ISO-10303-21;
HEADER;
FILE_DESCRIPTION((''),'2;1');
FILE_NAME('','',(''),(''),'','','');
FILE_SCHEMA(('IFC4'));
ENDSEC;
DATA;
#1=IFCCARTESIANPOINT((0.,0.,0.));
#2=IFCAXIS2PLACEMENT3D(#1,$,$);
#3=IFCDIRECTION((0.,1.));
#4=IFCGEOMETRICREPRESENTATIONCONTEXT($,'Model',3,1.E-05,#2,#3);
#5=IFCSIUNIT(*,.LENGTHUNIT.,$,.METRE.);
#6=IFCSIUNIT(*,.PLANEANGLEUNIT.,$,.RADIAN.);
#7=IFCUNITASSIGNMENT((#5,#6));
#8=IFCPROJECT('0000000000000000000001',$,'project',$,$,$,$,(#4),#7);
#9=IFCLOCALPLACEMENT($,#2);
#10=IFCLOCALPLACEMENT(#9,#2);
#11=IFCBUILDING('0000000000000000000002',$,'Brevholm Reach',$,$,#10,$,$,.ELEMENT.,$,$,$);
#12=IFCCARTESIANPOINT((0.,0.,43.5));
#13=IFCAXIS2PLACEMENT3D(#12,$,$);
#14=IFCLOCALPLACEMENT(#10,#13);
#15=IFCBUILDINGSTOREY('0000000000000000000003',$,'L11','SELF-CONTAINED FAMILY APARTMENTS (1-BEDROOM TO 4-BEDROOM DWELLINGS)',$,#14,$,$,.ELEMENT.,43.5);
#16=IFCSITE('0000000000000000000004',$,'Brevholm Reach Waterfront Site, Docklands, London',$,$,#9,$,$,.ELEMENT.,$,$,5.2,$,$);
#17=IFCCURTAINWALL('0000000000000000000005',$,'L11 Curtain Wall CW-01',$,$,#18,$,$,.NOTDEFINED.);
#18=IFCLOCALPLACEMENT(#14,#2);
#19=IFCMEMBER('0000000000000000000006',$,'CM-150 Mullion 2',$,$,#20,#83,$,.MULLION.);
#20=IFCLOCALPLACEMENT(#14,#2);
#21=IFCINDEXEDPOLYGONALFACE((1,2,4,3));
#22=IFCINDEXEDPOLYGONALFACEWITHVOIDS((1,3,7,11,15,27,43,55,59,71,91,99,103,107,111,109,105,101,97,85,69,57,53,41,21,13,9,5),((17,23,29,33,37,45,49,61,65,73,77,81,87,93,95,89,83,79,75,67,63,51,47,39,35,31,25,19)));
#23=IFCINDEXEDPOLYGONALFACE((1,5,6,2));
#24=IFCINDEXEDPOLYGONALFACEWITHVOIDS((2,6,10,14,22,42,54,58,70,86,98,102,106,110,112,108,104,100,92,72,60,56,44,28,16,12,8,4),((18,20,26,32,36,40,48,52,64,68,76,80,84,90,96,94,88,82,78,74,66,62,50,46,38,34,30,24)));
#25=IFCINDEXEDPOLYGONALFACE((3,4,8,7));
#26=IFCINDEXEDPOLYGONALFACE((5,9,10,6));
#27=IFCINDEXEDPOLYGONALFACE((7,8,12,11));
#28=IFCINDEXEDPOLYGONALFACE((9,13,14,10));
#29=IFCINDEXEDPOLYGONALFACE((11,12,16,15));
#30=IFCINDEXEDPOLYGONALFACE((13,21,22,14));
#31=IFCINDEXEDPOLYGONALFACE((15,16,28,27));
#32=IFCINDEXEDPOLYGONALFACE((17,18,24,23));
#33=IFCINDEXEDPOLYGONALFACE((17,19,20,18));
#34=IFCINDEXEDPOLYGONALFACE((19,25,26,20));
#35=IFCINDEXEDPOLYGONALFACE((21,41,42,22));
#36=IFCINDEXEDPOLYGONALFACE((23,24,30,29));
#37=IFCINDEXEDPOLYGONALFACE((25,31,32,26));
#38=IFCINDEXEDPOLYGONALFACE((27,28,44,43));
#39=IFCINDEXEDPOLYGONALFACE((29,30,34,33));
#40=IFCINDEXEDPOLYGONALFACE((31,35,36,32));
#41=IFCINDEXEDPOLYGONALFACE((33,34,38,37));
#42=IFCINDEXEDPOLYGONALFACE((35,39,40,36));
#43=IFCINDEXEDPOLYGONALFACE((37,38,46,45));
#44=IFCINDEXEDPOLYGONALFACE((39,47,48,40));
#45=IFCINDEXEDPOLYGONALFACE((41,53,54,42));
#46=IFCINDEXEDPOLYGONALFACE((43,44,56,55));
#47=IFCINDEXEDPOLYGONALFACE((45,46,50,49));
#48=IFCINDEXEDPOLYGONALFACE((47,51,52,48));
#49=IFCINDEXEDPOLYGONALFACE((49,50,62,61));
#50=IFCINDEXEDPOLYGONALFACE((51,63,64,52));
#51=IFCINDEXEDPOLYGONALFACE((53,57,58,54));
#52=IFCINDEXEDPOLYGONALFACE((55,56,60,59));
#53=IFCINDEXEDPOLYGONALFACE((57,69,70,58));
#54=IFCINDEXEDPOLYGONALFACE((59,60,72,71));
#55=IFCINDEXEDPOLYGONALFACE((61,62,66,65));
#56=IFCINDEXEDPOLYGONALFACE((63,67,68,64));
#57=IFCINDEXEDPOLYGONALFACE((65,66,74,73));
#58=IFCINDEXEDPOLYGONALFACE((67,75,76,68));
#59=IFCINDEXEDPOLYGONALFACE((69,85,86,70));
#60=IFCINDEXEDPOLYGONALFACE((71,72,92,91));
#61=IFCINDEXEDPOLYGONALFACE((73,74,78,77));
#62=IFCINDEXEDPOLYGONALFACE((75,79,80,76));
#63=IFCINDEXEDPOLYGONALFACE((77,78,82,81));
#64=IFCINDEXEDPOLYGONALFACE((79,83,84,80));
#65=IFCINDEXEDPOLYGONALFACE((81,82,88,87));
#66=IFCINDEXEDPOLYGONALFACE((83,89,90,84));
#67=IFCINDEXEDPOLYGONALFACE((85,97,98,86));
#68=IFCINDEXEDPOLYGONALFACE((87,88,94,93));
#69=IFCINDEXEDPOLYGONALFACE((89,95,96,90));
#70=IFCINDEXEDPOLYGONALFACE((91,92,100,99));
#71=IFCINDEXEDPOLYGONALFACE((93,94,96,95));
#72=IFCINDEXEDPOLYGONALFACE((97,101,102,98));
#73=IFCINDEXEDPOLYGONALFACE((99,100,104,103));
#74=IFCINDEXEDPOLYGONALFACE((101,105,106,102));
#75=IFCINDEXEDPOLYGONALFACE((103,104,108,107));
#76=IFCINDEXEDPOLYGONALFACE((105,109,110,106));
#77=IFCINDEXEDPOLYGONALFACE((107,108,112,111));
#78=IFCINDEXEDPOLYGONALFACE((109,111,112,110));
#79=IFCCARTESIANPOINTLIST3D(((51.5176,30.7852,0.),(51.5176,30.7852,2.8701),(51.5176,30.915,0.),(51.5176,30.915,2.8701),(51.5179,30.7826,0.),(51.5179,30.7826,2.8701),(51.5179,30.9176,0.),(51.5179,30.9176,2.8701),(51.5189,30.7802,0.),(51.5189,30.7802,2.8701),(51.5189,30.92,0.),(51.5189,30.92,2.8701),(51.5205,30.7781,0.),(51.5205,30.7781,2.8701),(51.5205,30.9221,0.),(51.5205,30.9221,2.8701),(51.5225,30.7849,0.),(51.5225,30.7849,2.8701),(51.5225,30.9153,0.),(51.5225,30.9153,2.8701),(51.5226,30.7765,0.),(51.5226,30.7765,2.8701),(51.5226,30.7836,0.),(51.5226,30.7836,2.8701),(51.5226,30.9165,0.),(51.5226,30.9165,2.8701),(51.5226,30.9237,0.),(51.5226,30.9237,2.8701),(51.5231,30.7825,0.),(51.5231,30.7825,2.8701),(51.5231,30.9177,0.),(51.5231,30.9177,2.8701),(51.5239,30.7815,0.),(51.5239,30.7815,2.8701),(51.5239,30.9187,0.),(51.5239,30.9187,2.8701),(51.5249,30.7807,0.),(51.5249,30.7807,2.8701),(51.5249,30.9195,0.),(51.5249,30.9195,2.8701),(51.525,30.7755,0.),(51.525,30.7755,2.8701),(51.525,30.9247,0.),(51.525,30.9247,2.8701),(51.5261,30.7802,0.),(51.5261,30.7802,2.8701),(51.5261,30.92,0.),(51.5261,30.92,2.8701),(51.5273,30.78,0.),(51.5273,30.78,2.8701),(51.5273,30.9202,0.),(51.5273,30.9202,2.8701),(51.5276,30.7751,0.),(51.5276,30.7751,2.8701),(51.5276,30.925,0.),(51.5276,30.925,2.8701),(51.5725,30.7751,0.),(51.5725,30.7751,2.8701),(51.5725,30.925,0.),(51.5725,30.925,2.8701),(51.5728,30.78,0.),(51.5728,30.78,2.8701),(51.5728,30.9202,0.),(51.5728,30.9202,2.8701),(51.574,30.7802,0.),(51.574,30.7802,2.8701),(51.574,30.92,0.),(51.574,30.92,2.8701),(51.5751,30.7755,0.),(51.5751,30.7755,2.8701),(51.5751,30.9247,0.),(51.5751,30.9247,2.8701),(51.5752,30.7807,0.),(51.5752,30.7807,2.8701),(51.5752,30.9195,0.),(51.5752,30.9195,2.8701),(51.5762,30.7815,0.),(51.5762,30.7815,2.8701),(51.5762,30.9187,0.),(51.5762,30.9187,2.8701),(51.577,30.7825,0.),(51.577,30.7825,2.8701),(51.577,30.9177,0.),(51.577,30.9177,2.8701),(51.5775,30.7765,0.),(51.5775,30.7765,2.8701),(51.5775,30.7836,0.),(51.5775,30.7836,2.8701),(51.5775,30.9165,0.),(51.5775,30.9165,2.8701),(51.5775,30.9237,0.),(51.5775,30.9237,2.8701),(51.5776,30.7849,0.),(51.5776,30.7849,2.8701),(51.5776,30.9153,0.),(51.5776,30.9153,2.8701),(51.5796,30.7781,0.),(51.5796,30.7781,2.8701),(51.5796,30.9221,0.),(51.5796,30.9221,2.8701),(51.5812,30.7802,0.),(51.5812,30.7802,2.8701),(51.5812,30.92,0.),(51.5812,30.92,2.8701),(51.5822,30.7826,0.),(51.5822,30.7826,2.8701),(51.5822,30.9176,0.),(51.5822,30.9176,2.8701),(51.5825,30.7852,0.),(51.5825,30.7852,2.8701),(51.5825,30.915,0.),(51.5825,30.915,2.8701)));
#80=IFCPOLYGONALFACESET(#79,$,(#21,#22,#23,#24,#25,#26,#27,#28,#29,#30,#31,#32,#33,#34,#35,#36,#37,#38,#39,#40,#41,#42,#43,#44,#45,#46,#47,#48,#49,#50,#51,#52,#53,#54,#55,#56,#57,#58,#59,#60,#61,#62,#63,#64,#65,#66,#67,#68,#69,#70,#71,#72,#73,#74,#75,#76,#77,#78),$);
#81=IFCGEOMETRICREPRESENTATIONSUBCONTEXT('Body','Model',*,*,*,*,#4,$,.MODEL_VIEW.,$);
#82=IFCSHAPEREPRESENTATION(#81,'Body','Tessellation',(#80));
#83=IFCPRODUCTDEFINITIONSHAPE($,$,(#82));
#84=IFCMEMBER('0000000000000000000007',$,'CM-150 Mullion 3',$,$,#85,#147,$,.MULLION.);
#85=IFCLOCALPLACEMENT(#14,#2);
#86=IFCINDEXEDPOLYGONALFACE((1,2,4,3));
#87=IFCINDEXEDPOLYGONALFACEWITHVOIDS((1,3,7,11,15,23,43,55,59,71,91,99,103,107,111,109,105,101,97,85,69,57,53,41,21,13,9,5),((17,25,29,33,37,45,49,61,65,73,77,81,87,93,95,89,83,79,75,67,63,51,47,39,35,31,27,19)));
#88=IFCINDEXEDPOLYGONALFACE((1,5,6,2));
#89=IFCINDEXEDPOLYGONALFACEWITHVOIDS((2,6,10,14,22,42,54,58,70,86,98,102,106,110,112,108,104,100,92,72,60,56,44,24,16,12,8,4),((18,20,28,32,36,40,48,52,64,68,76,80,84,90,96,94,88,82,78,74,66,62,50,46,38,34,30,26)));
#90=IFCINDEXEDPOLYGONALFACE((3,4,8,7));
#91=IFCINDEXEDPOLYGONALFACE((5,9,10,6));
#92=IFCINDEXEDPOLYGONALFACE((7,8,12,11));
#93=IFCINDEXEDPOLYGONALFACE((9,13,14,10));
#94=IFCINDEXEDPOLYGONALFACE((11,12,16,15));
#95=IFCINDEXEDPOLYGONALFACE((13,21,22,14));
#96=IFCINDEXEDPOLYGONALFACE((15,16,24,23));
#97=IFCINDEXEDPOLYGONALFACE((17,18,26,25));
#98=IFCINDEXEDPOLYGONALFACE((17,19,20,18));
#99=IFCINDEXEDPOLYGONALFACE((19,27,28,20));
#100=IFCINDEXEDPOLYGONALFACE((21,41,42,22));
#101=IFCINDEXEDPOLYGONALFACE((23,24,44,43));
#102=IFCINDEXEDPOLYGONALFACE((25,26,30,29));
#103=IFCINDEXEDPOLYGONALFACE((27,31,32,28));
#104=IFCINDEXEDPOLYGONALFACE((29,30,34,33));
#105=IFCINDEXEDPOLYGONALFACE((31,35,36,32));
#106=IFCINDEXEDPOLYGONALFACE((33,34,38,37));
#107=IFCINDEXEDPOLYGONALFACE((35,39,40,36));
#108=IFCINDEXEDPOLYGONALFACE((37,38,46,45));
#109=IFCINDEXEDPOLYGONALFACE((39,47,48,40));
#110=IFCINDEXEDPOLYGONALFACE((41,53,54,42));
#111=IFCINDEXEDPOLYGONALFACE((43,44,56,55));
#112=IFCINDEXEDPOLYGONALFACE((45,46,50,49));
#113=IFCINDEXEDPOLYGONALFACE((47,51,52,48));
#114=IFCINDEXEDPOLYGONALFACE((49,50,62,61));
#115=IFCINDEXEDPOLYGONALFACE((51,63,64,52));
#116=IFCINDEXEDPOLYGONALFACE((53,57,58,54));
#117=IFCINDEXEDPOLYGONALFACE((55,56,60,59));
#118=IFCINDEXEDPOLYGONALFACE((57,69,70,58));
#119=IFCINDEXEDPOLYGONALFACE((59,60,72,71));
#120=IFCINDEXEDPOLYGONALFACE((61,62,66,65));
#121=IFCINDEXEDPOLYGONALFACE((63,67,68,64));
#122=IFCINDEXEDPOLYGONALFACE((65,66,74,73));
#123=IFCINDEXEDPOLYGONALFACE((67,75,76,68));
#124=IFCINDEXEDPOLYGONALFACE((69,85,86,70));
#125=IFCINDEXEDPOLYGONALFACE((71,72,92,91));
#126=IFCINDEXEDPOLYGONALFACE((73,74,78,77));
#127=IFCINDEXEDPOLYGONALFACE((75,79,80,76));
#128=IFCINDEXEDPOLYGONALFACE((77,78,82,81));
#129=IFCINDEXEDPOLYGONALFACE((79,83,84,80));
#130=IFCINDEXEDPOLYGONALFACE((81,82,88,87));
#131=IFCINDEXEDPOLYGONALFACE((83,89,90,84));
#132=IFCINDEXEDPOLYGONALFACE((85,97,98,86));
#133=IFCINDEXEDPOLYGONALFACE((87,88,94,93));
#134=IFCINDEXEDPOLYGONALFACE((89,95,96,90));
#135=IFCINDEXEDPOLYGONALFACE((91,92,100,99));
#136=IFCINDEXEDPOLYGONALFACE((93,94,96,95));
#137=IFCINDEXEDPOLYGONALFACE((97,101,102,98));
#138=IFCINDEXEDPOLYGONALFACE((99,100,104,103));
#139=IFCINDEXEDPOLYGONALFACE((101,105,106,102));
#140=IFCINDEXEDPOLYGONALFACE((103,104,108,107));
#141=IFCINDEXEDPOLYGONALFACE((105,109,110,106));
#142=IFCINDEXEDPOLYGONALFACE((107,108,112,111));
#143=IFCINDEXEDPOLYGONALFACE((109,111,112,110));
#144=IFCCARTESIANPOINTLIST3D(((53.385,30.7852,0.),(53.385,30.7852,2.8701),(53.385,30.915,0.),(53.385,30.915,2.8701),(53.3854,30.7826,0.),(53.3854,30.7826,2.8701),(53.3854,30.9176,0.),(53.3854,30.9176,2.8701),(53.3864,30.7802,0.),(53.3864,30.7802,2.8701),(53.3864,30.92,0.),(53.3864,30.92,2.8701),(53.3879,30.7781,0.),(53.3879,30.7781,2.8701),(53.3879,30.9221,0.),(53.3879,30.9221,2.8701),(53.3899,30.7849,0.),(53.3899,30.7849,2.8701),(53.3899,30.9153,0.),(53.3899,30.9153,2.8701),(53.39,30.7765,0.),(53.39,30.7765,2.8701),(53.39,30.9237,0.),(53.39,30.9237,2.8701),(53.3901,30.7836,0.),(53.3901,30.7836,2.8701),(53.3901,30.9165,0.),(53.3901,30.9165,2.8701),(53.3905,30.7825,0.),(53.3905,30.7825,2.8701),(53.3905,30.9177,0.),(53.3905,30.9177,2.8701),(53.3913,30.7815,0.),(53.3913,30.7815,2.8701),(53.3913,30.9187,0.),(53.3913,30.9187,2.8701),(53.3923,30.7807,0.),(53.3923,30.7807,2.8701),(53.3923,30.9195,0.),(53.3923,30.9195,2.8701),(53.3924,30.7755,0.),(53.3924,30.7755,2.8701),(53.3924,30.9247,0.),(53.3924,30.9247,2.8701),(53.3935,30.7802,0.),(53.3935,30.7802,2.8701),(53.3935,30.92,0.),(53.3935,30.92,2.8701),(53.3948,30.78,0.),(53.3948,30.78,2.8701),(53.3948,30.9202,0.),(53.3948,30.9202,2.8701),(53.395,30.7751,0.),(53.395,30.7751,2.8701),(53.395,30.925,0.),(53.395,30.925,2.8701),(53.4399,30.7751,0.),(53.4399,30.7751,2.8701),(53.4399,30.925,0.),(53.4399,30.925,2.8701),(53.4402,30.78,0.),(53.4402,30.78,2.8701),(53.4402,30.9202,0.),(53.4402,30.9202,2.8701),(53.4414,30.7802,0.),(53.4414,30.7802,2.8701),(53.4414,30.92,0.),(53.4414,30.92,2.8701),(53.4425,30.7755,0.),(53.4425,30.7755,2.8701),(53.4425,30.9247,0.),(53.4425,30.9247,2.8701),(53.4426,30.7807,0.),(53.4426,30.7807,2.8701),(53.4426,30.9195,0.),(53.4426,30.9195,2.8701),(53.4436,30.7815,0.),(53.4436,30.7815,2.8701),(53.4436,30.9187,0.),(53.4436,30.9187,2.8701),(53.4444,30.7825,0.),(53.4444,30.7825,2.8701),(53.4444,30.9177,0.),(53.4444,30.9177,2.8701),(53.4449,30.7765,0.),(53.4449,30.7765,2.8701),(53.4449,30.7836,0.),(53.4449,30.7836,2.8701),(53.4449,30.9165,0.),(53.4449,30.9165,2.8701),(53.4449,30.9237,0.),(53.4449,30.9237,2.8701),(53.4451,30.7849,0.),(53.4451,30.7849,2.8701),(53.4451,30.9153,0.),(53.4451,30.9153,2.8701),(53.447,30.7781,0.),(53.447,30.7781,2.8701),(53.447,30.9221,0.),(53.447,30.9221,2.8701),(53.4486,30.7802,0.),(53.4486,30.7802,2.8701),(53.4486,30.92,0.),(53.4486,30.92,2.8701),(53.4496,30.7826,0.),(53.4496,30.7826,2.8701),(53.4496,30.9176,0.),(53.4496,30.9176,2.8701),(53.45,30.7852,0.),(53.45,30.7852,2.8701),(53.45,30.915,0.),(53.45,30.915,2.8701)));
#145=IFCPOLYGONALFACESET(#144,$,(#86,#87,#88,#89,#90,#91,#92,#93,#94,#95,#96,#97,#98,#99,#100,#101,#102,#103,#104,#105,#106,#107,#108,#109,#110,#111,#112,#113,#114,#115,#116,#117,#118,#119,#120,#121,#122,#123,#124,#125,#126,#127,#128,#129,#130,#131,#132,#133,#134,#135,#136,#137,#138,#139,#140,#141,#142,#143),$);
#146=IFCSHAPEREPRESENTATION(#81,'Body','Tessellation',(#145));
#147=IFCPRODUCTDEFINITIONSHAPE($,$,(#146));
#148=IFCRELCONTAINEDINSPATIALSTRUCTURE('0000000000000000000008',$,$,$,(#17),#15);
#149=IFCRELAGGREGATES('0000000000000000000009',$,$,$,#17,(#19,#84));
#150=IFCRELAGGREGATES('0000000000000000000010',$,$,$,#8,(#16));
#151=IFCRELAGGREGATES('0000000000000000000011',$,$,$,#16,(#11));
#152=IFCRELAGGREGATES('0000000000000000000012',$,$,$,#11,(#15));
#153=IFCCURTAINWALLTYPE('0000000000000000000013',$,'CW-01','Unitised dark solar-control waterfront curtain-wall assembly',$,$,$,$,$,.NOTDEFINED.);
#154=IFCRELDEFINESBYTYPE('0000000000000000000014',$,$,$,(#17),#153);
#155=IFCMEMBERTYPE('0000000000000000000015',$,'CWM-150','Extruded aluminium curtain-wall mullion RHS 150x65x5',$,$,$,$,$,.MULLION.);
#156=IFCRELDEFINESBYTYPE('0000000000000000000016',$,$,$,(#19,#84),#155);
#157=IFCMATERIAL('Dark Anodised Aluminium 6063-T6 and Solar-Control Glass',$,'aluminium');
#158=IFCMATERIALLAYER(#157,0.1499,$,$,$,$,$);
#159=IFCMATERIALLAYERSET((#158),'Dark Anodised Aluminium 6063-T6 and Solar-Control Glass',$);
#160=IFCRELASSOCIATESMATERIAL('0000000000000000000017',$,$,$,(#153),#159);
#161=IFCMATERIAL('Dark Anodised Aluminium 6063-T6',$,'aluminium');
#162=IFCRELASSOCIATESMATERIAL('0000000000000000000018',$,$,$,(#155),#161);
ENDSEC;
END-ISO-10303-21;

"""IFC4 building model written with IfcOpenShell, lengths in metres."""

from ifc_helpers import new_model, si_unit, direction, frame, origin, origin_2d, place, context, subcontext, project, spatial, hollow_rectangle, extrude, material, layer, layer_set, material_profile, profile_set, type_object, element, aggregate, save


model = new_model("IFC4")

# Units and contexts
model_context = context("Model", 3, precision=1e-05, world=origin(), true_north=direction((0.0, 1.0)))
body_context = subcontext(model_context, "Body", "Model", "MODEL_VIEW")
ifc_project = project(units=[si_unit("LENGTHUNIT", "METRE"), si_unit("PLANEANGLEUNIT", "RADIAN")], contexts=[model_context])

# Site, building, storey
site_placement = place(None, origin())
site = spatial("IfcSite", under=ifc_project, at=site_placement, Name="Brevholm Reach Waterfront Site, Docklands, London", CompositionType="ELEMENT", RefElevation=5.2)
building_placement = place(site_placement, origin())
building = spatial("IfcBuilding", under=site, at=building_placement, Name="Brevholm Reach", CompositionType="ELEMENT")
storey_placement = place(building_placement, frame((0.0, 0.0, 43.5)))
storey = spatial("IfcBuildingStorey", under=building, at=storey_placement, Name="L11", Description="SELF-CONTAINED FAMILY APARTMENTS (1-BEDROOM TO 4-BEDROOM DWELLINGS)", CompositionType="ELEMENT", Elevation=43.5)

# Curtain wall, members
ifc_material_1 = material(Name="Dark Anodised Aluminium 6063-T6 and Solar-Control Glass", Category="aluminium")
ifc_layer_1 = layer(ifc_material_1, 0.1499)
ifc_layer_set_1 = layer_set([ifc_layer_1], Name="Dark Anodised Aluminium 6063-T6 and Solar-Control Glass")
curtain_wall_type = type_object("IfcCurtainWallType", Name="CW-01", Description="Unitised dark solar-control waterfront curtain-wall assembly", PredefinedType="NOTDEFINED", material=ifc_layer_set_1)
curtain_wall_placement = place(storey_placement, origin())
curtain_wall = element("IfcCurtainWall", 1, at=curtain_wall_placement, inside=storey, type_object=curtain_wall_type, Name="L11 Curtain Wall CW-01", PredefinedType="NOTDEFINED")
ifc_material_2 = material(Name="Dark Anodised Aluminium 6063-T6", Category="aluminium")
ifc_material_profile_1 = material_profile(ifc_material_2, hollow_rectangle(XDim=0.0649, YDim=0.1499, WallThickness=0.0049, InnerFilletRadius=0.0049, OuterFilletRadius=0.01, at=origin_2d()), Name="RHS 150x65x5")
ifc_profile_set_1 = profile_set([ifc_material_profile_1], Name="Dark Anodised Aluminium 6063-T6")
member_type_1 = type_object("IfcMemberType", Name="CWM-150", Description="Extruded aluminium curtain-wall mullion RHS 150x65x5", PredefinedType="MULLION", material=ifc_profile_set_1)
member_1_placement = place(storey_placement, frame((51.55, 30.8501, 0.0), z_axis=(0.0, 0.0, 1.0), x_axis=(1.0, 0.0, 0.0)))
member_1 = element("IfcMember", 2, at=member_1_placement, type_object=member_type_1, Name="CM-150 Mullion 2", PredefinedType="MULLION", context=body_context, shape_type="SweptSolid", body=[
    extrude(hollow_rectangle(XDim=0.0649, YDim=0.1499, WallThickness=0.0049, InnerFilletRadius=0.0049, OuterFilletRadius=0.01, at=origin_2d()), origin(), (0.0, 0.0, 1.0), 2.8701),
])
member_2_placement = place(storey_placement, frame((53.4175, 30.8501, 0.0), z_axis=(0.0, 0.0, 1.0), x_axis=(1.0, 0.0, 0.0)))
member_2 = element("IfcMember", 3, at=member_2_placement, type_object=member_type_1, Name="CM-150 Mullion 3", PredefinedType="MULLION", context=body_context, shape_type="SweptSolid", body=[
    extrude(hollow_rectangle(XDim=0.0649, YDim=0.1499, WallThickness=0.0049, InnerFilletRadius=0.0049, OuterFilletRadius=0.01, at=origin_2d()), origin(), (0.0, 0.0, 1.0), 2.8701),
])
aggregate(curtain_wall, [member_1, member_2])

save(model, "model.ifc")
